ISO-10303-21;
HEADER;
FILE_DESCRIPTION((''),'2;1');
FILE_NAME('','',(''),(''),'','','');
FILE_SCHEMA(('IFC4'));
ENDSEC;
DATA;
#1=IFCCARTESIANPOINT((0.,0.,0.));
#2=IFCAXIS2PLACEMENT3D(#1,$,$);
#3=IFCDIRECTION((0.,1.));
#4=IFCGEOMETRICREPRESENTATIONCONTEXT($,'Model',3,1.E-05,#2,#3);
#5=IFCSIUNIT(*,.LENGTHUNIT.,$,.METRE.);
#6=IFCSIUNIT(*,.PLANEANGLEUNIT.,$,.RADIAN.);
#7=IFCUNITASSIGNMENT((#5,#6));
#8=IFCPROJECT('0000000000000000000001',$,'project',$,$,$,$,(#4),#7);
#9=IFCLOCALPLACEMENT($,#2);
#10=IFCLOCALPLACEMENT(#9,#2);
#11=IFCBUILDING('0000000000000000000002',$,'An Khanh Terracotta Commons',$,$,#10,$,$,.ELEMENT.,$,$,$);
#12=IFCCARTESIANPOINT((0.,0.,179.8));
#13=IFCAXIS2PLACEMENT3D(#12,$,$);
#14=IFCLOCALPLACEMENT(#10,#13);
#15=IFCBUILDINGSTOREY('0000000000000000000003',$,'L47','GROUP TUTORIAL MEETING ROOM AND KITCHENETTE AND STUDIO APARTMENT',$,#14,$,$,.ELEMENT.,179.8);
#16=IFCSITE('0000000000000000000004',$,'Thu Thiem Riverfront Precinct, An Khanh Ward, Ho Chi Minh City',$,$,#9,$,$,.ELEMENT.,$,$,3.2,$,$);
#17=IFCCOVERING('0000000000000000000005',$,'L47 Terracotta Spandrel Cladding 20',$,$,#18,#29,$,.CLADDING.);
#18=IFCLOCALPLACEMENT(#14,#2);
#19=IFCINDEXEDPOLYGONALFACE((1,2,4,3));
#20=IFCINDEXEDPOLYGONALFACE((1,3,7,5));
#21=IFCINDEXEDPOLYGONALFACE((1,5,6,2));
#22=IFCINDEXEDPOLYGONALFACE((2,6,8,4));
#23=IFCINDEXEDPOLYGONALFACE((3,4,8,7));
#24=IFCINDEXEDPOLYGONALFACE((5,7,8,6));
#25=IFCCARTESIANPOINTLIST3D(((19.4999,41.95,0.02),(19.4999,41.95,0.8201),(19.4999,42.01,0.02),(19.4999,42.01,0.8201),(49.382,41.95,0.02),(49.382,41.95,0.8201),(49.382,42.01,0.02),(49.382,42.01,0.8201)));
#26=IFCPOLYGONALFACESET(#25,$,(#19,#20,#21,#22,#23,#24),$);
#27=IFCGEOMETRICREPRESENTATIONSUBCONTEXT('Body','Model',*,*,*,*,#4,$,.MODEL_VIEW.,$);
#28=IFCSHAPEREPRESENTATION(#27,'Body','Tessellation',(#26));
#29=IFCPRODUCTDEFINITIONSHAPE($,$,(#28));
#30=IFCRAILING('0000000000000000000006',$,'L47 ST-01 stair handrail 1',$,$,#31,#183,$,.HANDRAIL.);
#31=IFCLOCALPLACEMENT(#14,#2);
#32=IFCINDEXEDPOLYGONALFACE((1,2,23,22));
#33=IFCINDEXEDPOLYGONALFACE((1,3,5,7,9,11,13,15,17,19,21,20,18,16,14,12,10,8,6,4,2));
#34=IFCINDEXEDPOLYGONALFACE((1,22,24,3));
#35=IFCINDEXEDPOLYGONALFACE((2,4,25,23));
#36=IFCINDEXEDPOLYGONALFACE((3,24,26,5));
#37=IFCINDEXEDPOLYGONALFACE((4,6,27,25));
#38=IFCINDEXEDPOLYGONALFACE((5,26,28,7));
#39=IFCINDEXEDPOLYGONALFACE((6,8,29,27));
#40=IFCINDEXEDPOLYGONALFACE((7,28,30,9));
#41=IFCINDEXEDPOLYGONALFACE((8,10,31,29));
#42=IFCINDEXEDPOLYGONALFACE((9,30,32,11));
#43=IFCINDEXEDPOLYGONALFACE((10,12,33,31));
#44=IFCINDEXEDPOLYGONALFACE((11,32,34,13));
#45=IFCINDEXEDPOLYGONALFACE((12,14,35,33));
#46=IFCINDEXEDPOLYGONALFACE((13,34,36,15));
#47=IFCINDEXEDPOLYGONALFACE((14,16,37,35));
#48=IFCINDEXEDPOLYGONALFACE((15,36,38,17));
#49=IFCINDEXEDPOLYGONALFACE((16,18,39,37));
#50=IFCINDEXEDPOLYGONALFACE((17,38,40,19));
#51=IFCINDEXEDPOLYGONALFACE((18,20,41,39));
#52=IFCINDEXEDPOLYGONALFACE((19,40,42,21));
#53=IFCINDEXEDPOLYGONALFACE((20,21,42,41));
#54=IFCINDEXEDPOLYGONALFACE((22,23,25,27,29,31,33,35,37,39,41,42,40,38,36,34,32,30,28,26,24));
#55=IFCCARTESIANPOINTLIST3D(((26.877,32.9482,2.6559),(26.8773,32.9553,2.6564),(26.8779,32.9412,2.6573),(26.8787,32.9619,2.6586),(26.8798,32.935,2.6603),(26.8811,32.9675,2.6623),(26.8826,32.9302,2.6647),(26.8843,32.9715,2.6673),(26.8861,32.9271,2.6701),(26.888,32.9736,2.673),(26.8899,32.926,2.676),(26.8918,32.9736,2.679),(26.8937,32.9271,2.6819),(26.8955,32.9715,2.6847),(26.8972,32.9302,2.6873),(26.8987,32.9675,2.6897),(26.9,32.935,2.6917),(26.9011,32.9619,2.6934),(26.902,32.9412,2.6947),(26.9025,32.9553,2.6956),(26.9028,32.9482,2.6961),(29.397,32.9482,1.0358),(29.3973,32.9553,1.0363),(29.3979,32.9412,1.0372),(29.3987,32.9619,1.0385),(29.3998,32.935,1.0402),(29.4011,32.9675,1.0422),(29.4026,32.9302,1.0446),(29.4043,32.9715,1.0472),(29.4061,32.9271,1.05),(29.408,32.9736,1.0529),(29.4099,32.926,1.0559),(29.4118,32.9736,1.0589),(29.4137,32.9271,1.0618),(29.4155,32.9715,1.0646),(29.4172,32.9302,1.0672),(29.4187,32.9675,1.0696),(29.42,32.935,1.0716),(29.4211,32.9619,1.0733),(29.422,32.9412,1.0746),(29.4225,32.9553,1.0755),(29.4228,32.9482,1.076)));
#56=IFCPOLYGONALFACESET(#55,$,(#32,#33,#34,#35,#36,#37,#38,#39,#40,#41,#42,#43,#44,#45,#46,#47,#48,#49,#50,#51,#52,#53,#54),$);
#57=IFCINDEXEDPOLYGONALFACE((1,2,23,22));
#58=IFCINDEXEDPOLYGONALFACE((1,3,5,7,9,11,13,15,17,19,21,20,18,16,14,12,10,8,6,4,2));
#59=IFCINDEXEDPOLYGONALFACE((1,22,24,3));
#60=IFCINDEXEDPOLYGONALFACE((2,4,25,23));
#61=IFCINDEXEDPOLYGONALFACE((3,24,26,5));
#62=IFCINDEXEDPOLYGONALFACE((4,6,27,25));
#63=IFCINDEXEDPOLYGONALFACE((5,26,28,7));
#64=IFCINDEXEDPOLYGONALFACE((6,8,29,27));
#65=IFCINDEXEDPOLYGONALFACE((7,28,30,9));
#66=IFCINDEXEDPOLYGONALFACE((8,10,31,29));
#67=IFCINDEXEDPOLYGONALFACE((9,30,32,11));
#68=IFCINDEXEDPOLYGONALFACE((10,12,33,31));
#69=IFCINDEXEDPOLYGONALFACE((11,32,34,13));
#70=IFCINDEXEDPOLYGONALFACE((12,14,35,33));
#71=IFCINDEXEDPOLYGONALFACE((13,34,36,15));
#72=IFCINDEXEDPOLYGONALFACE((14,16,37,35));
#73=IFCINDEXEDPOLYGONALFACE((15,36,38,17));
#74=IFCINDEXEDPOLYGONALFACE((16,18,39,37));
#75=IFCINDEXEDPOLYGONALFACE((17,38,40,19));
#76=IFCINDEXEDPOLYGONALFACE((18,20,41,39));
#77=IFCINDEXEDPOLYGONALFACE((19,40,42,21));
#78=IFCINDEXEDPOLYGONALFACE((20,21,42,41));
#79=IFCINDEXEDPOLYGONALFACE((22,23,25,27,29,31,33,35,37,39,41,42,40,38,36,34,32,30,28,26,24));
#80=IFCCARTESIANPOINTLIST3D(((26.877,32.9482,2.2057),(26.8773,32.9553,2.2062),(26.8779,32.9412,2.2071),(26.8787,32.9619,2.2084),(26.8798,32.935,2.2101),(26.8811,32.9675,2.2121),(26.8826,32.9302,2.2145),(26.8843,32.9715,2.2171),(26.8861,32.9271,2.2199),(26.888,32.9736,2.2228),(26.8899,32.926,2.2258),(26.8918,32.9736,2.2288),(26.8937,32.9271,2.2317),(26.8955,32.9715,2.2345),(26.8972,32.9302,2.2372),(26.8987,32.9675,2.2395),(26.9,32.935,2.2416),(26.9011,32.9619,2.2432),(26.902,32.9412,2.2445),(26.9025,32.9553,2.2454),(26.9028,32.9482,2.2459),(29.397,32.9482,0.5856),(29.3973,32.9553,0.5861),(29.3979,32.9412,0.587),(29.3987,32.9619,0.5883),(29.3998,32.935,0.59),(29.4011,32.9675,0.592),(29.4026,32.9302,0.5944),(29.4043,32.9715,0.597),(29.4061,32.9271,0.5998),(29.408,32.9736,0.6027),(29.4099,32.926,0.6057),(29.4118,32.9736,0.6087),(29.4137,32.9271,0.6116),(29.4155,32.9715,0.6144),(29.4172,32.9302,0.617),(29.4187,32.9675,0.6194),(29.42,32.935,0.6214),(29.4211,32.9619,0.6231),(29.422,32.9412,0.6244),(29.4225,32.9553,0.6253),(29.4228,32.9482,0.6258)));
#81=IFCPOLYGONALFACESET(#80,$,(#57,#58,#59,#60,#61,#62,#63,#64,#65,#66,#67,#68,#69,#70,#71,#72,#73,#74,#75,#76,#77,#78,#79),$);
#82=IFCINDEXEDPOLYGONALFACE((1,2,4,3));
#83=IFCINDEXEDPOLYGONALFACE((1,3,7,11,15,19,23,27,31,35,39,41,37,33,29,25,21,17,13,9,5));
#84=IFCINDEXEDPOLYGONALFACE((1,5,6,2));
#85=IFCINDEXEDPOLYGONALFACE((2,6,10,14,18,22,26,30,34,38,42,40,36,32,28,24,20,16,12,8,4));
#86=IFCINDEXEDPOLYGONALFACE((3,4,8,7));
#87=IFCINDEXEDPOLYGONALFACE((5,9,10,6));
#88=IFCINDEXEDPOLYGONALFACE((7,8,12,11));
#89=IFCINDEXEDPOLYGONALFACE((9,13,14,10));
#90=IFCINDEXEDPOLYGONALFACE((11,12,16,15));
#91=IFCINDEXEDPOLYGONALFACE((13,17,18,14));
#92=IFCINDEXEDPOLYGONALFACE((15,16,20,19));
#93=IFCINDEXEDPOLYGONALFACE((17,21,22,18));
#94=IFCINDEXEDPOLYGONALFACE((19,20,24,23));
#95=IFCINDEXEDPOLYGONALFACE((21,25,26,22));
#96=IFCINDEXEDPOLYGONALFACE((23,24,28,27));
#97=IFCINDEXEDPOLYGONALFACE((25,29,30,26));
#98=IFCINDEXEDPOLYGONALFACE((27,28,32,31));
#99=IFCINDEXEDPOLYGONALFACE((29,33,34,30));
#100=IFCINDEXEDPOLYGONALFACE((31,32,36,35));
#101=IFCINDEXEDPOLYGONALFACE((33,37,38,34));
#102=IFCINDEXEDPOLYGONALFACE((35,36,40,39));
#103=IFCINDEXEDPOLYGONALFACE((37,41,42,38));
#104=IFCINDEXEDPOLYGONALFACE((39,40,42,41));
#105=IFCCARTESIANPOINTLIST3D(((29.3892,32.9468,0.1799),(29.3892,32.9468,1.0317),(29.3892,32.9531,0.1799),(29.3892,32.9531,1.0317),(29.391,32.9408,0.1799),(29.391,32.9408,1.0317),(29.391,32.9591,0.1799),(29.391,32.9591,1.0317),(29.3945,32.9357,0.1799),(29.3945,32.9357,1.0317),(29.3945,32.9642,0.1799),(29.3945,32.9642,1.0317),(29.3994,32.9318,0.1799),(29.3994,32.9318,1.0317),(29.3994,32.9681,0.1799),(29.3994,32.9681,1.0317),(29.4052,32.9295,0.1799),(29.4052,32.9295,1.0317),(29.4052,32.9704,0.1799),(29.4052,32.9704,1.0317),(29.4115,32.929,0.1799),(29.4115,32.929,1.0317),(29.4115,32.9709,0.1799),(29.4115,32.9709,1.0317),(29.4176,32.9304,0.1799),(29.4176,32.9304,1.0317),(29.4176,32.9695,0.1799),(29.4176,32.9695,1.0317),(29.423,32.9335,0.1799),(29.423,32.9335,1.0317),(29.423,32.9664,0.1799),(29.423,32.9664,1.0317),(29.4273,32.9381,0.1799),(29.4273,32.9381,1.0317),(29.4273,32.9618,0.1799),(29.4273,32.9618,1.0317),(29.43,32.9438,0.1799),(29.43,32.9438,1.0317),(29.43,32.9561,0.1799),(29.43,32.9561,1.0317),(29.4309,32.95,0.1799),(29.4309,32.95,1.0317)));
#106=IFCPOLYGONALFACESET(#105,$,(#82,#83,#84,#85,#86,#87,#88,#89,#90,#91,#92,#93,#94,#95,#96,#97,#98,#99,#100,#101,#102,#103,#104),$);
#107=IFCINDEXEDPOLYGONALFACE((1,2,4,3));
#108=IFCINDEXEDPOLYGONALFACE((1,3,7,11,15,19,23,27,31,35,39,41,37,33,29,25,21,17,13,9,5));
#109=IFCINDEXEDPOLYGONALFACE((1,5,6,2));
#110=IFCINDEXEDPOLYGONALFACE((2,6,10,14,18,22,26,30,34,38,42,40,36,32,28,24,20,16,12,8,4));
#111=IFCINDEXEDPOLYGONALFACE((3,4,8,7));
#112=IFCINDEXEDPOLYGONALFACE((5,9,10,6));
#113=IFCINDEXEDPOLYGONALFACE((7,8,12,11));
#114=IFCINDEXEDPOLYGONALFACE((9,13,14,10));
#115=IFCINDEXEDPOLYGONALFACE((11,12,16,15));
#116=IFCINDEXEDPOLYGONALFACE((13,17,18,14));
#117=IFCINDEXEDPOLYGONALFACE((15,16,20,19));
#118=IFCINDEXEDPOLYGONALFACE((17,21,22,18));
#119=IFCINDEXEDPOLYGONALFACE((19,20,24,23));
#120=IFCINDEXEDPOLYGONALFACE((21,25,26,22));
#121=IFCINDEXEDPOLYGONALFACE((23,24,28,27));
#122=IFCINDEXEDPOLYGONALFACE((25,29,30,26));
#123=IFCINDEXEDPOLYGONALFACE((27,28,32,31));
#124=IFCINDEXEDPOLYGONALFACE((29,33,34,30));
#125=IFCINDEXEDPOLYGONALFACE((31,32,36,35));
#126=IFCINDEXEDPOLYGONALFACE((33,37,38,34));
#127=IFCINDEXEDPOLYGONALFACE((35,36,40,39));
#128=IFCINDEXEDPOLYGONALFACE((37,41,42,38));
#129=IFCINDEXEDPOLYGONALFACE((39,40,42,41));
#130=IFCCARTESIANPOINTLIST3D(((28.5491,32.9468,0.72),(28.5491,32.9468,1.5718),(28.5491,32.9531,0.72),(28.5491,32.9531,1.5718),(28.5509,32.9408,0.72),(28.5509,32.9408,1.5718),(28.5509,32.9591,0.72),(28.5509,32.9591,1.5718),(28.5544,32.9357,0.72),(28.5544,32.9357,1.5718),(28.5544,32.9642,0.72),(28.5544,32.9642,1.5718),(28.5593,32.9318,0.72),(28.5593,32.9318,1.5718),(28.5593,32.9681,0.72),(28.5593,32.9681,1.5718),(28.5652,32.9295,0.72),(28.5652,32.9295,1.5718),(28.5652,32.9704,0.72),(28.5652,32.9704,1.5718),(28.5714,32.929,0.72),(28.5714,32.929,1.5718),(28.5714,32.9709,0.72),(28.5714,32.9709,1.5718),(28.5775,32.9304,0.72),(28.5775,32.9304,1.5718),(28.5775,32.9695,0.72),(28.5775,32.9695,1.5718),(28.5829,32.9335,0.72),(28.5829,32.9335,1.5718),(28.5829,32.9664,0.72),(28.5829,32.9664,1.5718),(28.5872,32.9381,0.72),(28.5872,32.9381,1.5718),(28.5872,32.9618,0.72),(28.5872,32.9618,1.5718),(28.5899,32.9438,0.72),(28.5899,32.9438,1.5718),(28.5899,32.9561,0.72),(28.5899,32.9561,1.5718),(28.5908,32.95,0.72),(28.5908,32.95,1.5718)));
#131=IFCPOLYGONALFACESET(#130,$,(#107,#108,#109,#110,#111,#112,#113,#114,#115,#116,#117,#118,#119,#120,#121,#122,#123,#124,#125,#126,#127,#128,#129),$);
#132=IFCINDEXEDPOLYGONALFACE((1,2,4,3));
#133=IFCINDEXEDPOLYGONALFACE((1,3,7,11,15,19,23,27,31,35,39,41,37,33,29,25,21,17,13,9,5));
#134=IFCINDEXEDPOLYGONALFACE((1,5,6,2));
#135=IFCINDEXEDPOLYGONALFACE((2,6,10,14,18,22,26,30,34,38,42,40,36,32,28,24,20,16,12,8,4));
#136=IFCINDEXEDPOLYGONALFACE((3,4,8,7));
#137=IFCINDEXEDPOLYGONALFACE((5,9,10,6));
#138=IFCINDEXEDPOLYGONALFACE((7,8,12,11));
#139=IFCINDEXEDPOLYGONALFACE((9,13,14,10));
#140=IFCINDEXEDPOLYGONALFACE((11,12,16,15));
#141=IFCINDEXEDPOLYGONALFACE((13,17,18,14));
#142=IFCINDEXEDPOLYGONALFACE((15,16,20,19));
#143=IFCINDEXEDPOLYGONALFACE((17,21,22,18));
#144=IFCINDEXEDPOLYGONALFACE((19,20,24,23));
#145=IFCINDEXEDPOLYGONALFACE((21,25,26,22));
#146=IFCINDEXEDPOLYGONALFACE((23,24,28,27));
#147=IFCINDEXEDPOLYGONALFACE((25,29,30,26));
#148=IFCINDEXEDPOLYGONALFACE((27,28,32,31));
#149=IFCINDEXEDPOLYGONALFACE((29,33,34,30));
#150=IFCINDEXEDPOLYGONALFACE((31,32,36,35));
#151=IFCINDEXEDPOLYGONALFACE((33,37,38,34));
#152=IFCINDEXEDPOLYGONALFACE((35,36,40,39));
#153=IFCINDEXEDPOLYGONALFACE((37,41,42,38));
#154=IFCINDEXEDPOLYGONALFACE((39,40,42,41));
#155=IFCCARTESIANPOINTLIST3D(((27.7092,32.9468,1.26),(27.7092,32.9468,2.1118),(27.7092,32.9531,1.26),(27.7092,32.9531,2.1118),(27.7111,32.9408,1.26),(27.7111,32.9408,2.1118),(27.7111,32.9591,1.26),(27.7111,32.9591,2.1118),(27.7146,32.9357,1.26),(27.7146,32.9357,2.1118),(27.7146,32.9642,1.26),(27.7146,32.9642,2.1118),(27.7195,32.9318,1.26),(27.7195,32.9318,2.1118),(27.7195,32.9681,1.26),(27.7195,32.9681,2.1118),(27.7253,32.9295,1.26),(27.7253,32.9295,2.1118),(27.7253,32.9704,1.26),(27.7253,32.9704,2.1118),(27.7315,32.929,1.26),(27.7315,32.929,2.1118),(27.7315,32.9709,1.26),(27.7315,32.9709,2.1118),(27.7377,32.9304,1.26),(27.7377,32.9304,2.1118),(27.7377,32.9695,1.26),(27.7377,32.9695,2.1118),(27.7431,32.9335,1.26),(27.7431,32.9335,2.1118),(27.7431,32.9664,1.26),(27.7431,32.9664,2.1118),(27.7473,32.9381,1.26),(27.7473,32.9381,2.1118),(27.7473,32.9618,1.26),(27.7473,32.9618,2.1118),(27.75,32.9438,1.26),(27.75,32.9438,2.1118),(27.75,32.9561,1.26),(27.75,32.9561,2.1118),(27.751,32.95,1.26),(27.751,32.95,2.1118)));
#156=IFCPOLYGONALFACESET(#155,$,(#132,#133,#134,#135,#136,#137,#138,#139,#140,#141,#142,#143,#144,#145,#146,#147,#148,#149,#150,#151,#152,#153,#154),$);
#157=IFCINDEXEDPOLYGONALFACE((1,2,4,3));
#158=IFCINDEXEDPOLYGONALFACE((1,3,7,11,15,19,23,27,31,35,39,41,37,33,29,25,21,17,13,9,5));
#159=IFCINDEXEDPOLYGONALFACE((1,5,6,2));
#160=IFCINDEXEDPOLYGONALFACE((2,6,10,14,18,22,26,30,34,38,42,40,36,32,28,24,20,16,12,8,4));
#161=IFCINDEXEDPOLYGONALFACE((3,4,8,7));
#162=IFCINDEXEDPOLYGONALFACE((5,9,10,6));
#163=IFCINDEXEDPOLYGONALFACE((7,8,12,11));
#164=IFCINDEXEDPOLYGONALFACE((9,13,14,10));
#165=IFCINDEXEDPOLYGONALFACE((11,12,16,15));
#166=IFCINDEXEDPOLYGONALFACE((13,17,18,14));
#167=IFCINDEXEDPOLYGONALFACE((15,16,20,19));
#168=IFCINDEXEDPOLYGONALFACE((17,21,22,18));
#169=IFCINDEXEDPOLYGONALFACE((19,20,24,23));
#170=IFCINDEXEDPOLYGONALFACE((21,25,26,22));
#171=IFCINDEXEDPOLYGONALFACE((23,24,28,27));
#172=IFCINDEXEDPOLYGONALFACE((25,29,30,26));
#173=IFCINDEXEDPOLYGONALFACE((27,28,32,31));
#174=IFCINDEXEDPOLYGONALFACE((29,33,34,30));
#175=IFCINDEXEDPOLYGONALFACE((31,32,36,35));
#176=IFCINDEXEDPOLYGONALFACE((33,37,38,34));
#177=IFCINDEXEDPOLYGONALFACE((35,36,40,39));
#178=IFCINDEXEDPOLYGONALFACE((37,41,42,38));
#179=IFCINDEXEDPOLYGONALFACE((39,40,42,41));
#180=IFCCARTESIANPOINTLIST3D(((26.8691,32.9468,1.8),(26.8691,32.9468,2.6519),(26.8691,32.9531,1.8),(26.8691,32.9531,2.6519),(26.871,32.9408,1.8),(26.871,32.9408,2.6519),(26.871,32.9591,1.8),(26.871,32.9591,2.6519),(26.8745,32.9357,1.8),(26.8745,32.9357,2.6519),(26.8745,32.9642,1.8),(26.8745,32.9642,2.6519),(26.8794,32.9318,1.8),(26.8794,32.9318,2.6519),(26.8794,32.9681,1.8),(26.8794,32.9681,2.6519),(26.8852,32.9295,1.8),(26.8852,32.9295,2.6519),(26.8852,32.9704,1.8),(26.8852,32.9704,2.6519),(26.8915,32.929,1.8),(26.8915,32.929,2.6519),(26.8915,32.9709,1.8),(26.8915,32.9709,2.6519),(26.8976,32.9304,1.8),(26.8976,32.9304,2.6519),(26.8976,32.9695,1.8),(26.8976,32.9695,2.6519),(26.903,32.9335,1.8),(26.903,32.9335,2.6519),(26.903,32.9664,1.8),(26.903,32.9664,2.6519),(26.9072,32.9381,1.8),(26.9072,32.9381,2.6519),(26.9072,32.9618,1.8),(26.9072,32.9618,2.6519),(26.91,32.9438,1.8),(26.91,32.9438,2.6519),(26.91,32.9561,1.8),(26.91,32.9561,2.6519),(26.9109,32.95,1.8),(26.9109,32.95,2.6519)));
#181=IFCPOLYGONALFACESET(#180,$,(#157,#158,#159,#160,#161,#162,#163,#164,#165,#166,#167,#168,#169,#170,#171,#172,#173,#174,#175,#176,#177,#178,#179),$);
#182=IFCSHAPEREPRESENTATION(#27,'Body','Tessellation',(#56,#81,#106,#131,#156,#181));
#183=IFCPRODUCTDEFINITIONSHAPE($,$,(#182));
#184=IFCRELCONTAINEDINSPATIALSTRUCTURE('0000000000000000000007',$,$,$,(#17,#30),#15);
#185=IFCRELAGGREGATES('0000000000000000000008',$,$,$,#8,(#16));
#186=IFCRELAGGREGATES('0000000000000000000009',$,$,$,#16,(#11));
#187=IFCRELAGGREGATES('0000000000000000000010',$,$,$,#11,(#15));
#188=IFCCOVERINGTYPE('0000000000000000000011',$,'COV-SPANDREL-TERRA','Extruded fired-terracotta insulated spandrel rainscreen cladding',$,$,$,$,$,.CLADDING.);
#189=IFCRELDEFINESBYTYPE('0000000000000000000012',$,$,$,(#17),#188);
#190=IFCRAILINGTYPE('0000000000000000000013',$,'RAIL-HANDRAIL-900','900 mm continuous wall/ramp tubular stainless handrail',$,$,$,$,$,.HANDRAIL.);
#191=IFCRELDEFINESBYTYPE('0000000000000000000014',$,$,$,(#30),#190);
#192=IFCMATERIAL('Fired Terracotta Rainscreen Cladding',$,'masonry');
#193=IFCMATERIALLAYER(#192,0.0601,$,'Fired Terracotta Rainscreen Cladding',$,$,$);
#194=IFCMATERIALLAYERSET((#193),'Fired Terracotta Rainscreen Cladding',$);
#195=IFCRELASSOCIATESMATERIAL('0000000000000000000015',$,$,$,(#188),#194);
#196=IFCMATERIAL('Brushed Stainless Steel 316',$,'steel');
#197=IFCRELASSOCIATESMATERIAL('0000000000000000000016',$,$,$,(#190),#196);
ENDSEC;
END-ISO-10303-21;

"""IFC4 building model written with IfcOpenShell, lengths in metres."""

from ifc_helpers import new_model, si_unit, direction, frame, origin, origin_2d, place, context, subcontext, project, spatial, rectangle, circle, extrude, material, layer, layer_set, type_object, element, save


model = new_model("IFC4")

# Units and contexts
model_context = context("Model", 3, precision=1e-05, world=origin(), true_north=direction((0.0, 1.0)))
body_context = subcontext(model_context, "Body", "Model", "MODEL_VIEW")
ifc_project = project(units=[si_unit("LENGTHUNIT", "METRE"), si_unit("PLANEANGLEUNIT", "RADIAN")], contexts=[model_context])

# Site, building, storey
site_placement = place(None, origin())
site = spatial("IfcSite", under=ifc_project, at=site_placement, Name="Thu Thiem Riverfront Precinct, An Khanh Ward, Ho Chi Minh City", CompositionType="ELEMENT", RefElevation=3.2)
building_placement = place(site_placement, origin())
building = spatial("IfcBuilding", under=site, at=building_placement, Name="An Khanh Terracotta Commons", CompositionType="ELEMENT")
storey_placement = place(building_placement, frame((0.0, 0.0, 179.8)))
storey = spatial("IfcBuildingStorey", under=building, at=storey_placement, Name="L47", Description="GROUP TUTORIAL MEETING ROOM AND KITCHENETTE AND STUDIO APARTMENT", CompositionType="ELEMENT", Elevation=179.8)

# Covering
ifc_material_1 = material(Name="Fired Terracotta Rainscreen Cladding", Category="masonry")
ifc_layer_1 = layer(ifc_material_1, 0.0601, Name="Fired Terracotta Rainscreen Cladding")
ifc_layer_set_1 = layer_set([ifc_layer_1], Name="Fired Terracotta Rainscreen Cladding")
covering_type = type_object("IfcCoveringType", Name="COV-SPANDREL-TERRA", Description="Extruded fired-terracotta insulated spandrel rainscreen cladding", PredefinedType="CLADDING", material=ifc_layer_set_1)
covering_placement = place(storey_placement, frame((34.4409, 41.98, 0.02), z_axis=(0.0, 0.0, 1.0), x_axis=(-1.0, 0.0, 0.0)))
element("IfcCovering", 1, at=covering_placement, inside=storey, type_object=covering_type, Name="L47 Terracotta Spandrel Cladding 20", PredefinedType="CLADDING", context=body_context, shape_type="SweptSolid", body=[
    extrude(rectangle(XDim=29.8821, YDim=0.0601, at=origin_2d()), origin(), (0.0, 0.0, 1.0), 0.8),
])

# Railing
ifc_material_2 = material(Name="Brushed Stainless Steel 316", Category="steel")
railing_type_1 = type_object("IfcRailingType", Name="RAIL-HANDRAIL-900", Description="900 mm continuous wall/ramp tubular stainless handrail", PredefinedType="HANDRAIL", material=ifc_material_2)
railing_1_placement = place(storey_placement, frame((29.4099, 32.95, 0.1799)))
element("IfcRailing", 2, at=railing_1_placement, inside=storey, type_object=railing_type_1, Name="L47 ST-01 stair handrail 1", PredefinedType="HANDRAIL", context=body_context, shape_type="SweptSolid", body=[
    extrude(circle(Radius=0.0239, at=origin_2d()), frame((0.0, 0.0, 0.876), z_axis=(-0.841163, 0.0, 0.540782), x_axis=(0.0, -1.0, 0.0)), (0.0, 0.0, 1.0), 2.9958),
    extrude(circle(Radius=0.0239, at=origin_2d()), frame((0.0, 0.0, 0.4258), z_axis=(-0.841163, 0.0, 0.540782), x_axis=(0.0, -1.0, 0.0)), (0.0, 0.0, 1.0), 2.9958),
    extrude(circle(Radius=0.021, at=origin_2d()), origin(), (0.0, 0.0, 1.0), 0.8518),
    extrude(circle(Radius=0.021, at=origin_2d()), frame((-0.8401, 0.0, 0.54)), (0.0, 0.0, 1.0), 0.8518),
    extrude(circle(Radius=0.021, at=origin_2d()), frame((-1.6799, 0.0, 1.0801)), (0.0, 0.0, 1.0), 0.8518),
    extrude(circle(Radius=0.021, at=origin_2d()), frame((-2.52, 0.0, 1.6201)), (0.0, 0.0, 1.0), 0.8518),
])

save(model, "model.ifc")
